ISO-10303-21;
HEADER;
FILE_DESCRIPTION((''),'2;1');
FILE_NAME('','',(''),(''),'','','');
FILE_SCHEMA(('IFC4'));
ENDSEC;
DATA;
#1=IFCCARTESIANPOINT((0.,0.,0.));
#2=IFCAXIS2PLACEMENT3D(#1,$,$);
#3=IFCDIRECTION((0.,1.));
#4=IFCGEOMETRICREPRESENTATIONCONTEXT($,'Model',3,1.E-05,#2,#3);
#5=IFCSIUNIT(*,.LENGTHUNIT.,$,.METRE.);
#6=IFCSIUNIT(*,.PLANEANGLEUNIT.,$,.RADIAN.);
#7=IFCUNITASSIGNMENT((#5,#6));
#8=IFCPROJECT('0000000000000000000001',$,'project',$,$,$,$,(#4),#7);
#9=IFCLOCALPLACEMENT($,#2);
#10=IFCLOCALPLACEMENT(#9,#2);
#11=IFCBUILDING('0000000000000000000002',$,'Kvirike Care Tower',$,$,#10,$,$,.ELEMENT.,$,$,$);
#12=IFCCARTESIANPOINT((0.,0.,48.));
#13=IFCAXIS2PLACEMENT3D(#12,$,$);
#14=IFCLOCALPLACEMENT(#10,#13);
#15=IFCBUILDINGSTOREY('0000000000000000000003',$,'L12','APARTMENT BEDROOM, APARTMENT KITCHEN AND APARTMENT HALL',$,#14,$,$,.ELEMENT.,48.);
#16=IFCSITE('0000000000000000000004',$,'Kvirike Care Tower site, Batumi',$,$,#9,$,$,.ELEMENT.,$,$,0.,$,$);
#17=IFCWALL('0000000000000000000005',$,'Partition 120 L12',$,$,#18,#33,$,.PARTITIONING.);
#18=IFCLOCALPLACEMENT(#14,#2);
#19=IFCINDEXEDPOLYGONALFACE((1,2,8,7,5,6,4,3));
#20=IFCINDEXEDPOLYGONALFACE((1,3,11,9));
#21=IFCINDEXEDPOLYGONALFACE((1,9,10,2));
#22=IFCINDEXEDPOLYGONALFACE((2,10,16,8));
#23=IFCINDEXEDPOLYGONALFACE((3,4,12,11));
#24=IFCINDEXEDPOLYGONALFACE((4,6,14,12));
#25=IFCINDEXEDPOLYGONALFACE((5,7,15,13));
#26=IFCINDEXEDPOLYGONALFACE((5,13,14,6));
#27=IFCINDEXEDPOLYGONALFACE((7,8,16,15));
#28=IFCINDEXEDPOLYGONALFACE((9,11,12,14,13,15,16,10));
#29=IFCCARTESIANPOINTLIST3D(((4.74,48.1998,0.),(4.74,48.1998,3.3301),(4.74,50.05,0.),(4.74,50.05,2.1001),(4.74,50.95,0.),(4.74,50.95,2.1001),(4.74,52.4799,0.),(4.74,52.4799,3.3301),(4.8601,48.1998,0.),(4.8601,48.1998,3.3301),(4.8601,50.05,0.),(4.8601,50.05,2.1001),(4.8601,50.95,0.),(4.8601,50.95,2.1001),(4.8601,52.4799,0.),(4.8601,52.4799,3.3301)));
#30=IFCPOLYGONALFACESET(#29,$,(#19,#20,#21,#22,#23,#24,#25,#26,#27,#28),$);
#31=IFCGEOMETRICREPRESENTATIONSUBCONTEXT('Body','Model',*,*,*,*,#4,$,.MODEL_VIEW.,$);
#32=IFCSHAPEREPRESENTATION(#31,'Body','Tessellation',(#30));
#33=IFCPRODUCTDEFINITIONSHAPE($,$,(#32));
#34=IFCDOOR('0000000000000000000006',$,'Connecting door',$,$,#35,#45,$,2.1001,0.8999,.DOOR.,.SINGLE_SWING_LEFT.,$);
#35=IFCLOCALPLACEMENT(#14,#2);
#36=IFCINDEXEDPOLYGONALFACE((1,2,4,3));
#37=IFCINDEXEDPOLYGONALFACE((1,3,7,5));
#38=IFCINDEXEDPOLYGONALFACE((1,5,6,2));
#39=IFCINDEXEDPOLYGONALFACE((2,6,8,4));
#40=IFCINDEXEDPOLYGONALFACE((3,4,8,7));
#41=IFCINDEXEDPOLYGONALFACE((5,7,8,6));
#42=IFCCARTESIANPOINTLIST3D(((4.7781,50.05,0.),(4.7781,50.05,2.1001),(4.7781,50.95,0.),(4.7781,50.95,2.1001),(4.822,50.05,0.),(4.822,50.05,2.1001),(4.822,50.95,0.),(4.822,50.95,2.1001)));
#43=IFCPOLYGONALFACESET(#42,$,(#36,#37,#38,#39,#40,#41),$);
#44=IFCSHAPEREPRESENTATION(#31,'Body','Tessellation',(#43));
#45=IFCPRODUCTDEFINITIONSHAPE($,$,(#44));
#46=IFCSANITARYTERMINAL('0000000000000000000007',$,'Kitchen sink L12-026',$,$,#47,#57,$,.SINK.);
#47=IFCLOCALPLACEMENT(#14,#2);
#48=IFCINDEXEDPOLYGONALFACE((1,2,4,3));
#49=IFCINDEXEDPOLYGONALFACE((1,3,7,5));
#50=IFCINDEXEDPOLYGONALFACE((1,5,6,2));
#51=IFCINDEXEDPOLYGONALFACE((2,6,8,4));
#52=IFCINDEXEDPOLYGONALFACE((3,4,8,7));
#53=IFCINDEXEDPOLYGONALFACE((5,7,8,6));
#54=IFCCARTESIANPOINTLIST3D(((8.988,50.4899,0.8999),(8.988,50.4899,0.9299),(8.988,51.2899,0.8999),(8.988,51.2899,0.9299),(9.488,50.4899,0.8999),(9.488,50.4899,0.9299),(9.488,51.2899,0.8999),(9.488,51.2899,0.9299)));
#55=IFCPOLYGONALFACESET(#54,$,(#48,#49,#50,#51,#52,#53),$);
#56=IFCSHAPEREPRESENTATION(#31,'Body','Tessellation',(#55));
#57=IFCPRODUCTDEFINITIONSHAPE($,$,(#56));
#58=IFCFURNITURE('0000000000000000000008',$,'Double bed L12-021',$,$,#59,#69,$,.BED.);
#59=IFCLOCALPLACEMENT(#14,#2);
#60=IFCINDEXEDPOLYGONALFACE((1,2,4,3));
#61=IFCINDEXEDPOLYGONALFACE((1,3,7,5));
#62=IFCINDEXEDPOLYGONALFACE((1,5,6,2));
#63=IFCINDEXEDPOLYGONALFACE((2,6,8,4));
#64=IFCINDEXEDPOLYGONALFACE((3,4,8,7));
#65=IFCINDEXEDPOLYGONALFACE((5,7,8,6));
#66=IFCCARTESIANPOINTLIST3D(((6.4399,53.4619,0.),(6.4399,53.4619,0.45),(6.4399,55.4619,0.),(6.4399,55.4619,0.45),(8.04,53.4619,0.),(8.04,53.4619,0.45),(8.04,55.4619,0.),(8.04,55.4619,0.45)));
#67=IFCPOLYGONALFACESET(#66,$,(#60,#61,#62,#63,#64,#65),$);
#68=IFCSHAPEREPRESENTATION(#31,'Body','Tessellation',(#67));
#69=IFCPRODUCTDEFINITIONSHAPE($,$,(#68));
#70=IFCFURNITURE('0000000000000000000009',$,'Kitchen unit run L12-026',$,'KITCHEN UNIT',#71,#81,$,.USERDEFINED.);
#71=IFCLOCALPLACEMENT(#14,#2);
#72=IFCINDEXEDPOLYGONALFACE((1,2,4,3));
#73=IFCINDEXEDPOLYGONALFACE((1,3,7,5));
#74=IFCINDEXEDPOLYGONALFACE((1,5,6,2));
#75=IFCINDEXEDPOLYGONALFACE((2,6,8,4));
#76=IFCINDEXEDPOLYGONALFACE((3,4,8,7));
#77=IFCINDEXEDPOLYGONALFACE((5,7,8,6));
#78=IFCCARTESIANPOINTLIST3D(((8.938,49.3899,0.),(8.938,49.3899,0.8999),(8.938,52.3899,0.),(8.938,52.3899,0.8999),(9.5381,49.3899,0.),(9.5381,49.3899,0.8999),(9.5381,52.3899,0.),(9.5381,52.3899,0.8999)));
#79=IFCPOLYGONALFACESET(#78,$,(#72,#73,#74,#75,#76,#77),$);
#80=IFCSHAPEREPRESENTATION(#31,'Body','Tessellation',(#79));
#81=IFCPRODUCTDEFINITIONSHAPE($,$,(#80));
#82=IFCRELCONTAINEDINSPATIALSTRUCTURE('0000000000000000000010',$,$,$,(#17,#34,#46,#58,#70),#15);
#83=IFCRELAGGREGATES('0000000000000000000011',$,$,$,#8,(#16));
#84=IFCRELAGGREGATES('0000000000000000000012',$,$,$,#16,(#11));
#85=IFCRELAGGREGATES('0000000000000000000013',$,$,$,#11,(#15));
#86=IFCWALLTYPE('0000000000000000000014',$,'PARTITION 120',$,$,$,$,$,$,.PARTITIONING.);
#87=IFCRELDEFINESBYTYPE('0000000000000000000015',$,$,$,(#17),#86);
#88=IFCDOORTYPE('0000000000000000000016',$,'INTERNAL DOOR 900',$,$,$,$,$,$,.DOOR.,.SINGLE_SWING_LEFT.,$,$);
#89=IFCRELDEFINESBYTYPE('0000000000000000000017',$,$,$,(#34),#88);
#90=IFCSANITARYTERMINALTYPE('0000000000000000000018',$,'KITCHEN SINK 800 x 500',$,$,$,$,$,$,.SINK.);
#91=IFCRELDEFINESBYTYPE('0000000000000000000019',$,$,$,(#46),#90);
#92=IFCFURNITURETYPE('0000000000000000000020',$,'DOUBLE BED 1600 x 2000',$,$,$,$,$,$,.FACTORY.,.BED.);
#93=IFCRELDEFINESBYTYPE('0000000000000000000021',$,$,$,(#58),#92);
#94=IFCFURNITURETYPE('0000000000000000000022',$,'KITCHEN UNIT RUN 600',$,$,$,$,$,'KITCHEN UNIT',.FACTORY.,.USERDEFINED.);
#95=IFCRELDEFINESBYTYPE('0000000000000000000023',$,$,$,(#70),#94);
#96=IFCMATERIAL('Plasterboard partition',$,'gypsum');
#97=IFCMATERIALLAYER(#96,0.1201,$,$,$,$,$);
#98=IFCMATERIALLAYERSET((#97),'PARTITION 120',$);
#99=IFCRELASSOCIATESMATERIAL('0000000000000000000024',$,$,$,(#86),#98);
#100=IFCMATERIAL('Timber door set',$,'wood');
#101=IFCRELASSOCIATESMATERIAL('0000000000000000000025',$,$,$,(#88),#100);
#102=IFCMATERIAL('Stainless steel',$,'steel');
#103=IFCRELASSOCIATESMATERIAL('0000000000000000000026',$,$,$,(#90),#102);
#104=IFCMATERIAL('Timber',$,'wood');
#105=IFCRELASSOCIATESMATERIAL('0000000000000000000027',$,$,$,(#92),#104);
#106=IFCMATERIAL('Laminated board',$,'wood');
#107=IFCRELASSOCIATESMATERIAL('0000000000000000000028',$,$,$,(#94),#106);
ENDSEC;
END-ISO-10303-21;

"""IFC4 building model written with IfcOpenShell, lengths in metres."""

from ifc_helpers import new_model, si_unit, direction, frame, frame_2d, origin, origin_2d, place, context, subcontext, project, spatial, rectangle, extrude, material, layer, layer_set, type_object, element, fill, save


model = new_model("IFC4")

# Units and contexts
model_context = context("Model", 3, precision=1e-05, world=origin(), true_north=direction((0.0, 1.0)))
body_context = subcontext(model_context, "Body", "Model", "MODEL_VIEW")
ifc_project = project(units=[si_unit("LENGTHUNIT", "METRE"), si_unit("PLANEANGLEUNIT", "RADIAN")], contexts=[model_context])

# Site, building, storey
site_placement = place(None, origin())
site = spatial("IfcSite", under=ifc_project, at=site_placement, Name="Kvirike Care Tower site, Batumi", CompositionType="ELEMENT", RefElevation=0.0)
building_placement = place(site_placement, origin())
building = spatial("IfcBuilding", under=site, at=building_placement, Name="Kvirike Care Tower", CompositionType="ELEMENT")
storey_placement = place(building_placement, frame((0.0, 0.0, 48.0)))
storey = spatial("IfcBuildingStorey", under=building, at=storey_placement, Name="L12", Description="APARTMENT BEDROOM, APARTMENT KITCHEN AND APARTMENT HALL", CompositionType="ELEMENT", Elevation=48.0)

# Shared definitions
ifc_material_1 = material(Name="Plasterboard partition", Category="gypsum")
ifc_layer_1 = layer(ifc_material_1, 0.1201)
ifc_layer_set_1 = layer_set([ifc_layer_1], Name="PARTITION 120")
wall_type_1 = type_object("IfcWallType", Name="PARTITION 120", PredefinedType="PARTITIONING", material=ifc_layer_set_1)
ifc_material_2 = material(Name="Timber door set", Category="wood")
door_type_1 = type_object("IfcDoorType", Name="INTERNAL DOOR 900", OperationType="SINGLE_SWING_LEFT", PredefinedType="DOOR", material=ifc_material_2)

# Wall, opening, door
wall_1_placement = place(storey_placement, frame((4.8, 52.48, 0.0), z_axis=(0.0, 0.0, 1.0), x_axis=(0.0, -1.0, 0.0)))
wall_1 = element("IfcWall", 1, at=wall_1_placement, inside=storey, type_object=wall_type_1, Name="Partition 120 L12", PredefinedType="PARTITIONING", context=body_context, shape_type="SweptSolid", body=[
    extrude(rectangle(XDim=4.28, YDim=0.1201, at=frame_2d((2.1401, 0.0))), origin(), (0.0, 0.0, 1.0), 3.3301),
])
opening_1_placement = place(wall_1_placement, frame((1.53, 0.0, 0.0)))
opening_1 = element("IfcOpeningElement", 2, at=opening_1_placement, cuts=wall_1, PredefinedType="OPENING", context=body_context, shape_type="SweptSolid", body=[
    extrude(rectangle(XDim=0.8999, YDim=2.1001, at=frame_2d((0.45, 1.05))), frame((0.0, 0.0706, 0.0), z_axis=(0.0, -1.0, 0.0), x_axis=(1.0, 0.0, 0.0)), (0.0, 0.0, 1.0), 0.1411),
])
door_1_placement = place(opening_1_placement, frame((0.8999, 0.0, 0.0), z_axis=(0.0, 0.0, 1.0), x_axis=(-1.0, 0.0, 0.0)))
door_1 = element("IfcDoor", 3, at=door_1_placement, inside=storey, type_object=door_type_1, Name="Connecting door", OperationType="SINGLE_SWING_LEFT", OverallHeight=2.1001, OverallWidth=0.8999, PredefinedType="DOOR", context=body_context, shape_type="SweptSolid", body=[
    extrude(rectangle(XDim=0.8999, YDim=2.1001, at=frame_2d((0.45, 1.05))), frame((0.0, 0.022, 0.0), z_axis=(0.0, -1.0, 0.0), x_axis=(1.0, 0.0, 0.0)), (0.0, 0.0, 1.0), 0.0439),
])
fill(opening_1, door_1)

# Sanitary terminal
ifc_material_3 = material(Name="Stainless steel", Category="steel")
sanitary_terminal_type = type_object("IfcSanitaryTerminalType", Name="KITCHEN SINK 800 x 500", PredefinedType="SINK", material=ifc_material_3)
sanitary_terminal_placement = place(storey_placement, frame((9.238, 50.8899, 0.8999), z_axis=(0.0, 0.0, 1.0), x_axis=(0.0, -1.0, 0.0)))
element("IfcSanitaryTerminal", 4, at=sanitary_terminal_placement, inside=storey, type_object=sanitary_terminal_type, Name="Kitchen sink L12-026", PredefinedType="SINK", context=body_context, shape_type="SweptSolid", body=[
    extrude(rectangle(XDim=0.8, YDim=0.5, at=origin_2d()), origin(), (0.0, 0.0, 1.0), 0.03),
])

# Furniture
ifc_material_4 = material(Name="Timber", Category="wood")
furniture_type_1 = type_object("IfcFurnitureType", Name="DOUBLE BED 1600 x 2000", AssemblyPlace="FACTORY", PredefinedType="BED", material=ifc_material_4)
furniture_1_placement = place(storey_placement, frame((7.24, 54.4619, 0.0), z_axis=(0.0, 0.0, 1.0), x_axis=(-1.0, 0.0, 0.0)))
element("IfcFurniture", 5, at=furniture_1_placement, inside=storey, type_object=furniture_type_1, Name="Double bed L12-021", PredefinedType="BED", context=body_context, shape_type="SweptSolid", body=[
    extrude(rectangle(XDim=1.6001, YDim=2.0, at=origin_2d()), origin(), (0.0, 0.0, 1.0), 0.45),
])
ifc_material_5 = material(Name="Laminated board", Category="wood")
furniture_type_2 = type_object("IfcFurnitureType", Name="KITCHEN UNIT RUN 600", ElementType="KITCHEN UNIT", AssemblyPlace="FACTORY", PredefinedType="USERDEFINED", material=ifc_material_5)
furniture_2_placement = place(storey_placement, frame((9.238, 50.8899, 0.0), z_axis=(0.0, 0.0, 1.0), x_axis=(0.0, -1.0, 0.0)))
element("IfcFurniture", 6, at=furniture_2_placement, inside=storey, type_object=furniture_type_2, Name="Kitchen unit run L12-026", ObjectType="KITCHEN UNIT", PredefinedType="USERDEFINED", context=body_context, shape_type="SweptSolid", body=[
    extrude(rectangle(XDim=3.0, YDim=0.6001, at=origin_2d()), origin(), (0.0, 0.0, 1.0), 0.8999),
])

save(model, "model.ifc")
